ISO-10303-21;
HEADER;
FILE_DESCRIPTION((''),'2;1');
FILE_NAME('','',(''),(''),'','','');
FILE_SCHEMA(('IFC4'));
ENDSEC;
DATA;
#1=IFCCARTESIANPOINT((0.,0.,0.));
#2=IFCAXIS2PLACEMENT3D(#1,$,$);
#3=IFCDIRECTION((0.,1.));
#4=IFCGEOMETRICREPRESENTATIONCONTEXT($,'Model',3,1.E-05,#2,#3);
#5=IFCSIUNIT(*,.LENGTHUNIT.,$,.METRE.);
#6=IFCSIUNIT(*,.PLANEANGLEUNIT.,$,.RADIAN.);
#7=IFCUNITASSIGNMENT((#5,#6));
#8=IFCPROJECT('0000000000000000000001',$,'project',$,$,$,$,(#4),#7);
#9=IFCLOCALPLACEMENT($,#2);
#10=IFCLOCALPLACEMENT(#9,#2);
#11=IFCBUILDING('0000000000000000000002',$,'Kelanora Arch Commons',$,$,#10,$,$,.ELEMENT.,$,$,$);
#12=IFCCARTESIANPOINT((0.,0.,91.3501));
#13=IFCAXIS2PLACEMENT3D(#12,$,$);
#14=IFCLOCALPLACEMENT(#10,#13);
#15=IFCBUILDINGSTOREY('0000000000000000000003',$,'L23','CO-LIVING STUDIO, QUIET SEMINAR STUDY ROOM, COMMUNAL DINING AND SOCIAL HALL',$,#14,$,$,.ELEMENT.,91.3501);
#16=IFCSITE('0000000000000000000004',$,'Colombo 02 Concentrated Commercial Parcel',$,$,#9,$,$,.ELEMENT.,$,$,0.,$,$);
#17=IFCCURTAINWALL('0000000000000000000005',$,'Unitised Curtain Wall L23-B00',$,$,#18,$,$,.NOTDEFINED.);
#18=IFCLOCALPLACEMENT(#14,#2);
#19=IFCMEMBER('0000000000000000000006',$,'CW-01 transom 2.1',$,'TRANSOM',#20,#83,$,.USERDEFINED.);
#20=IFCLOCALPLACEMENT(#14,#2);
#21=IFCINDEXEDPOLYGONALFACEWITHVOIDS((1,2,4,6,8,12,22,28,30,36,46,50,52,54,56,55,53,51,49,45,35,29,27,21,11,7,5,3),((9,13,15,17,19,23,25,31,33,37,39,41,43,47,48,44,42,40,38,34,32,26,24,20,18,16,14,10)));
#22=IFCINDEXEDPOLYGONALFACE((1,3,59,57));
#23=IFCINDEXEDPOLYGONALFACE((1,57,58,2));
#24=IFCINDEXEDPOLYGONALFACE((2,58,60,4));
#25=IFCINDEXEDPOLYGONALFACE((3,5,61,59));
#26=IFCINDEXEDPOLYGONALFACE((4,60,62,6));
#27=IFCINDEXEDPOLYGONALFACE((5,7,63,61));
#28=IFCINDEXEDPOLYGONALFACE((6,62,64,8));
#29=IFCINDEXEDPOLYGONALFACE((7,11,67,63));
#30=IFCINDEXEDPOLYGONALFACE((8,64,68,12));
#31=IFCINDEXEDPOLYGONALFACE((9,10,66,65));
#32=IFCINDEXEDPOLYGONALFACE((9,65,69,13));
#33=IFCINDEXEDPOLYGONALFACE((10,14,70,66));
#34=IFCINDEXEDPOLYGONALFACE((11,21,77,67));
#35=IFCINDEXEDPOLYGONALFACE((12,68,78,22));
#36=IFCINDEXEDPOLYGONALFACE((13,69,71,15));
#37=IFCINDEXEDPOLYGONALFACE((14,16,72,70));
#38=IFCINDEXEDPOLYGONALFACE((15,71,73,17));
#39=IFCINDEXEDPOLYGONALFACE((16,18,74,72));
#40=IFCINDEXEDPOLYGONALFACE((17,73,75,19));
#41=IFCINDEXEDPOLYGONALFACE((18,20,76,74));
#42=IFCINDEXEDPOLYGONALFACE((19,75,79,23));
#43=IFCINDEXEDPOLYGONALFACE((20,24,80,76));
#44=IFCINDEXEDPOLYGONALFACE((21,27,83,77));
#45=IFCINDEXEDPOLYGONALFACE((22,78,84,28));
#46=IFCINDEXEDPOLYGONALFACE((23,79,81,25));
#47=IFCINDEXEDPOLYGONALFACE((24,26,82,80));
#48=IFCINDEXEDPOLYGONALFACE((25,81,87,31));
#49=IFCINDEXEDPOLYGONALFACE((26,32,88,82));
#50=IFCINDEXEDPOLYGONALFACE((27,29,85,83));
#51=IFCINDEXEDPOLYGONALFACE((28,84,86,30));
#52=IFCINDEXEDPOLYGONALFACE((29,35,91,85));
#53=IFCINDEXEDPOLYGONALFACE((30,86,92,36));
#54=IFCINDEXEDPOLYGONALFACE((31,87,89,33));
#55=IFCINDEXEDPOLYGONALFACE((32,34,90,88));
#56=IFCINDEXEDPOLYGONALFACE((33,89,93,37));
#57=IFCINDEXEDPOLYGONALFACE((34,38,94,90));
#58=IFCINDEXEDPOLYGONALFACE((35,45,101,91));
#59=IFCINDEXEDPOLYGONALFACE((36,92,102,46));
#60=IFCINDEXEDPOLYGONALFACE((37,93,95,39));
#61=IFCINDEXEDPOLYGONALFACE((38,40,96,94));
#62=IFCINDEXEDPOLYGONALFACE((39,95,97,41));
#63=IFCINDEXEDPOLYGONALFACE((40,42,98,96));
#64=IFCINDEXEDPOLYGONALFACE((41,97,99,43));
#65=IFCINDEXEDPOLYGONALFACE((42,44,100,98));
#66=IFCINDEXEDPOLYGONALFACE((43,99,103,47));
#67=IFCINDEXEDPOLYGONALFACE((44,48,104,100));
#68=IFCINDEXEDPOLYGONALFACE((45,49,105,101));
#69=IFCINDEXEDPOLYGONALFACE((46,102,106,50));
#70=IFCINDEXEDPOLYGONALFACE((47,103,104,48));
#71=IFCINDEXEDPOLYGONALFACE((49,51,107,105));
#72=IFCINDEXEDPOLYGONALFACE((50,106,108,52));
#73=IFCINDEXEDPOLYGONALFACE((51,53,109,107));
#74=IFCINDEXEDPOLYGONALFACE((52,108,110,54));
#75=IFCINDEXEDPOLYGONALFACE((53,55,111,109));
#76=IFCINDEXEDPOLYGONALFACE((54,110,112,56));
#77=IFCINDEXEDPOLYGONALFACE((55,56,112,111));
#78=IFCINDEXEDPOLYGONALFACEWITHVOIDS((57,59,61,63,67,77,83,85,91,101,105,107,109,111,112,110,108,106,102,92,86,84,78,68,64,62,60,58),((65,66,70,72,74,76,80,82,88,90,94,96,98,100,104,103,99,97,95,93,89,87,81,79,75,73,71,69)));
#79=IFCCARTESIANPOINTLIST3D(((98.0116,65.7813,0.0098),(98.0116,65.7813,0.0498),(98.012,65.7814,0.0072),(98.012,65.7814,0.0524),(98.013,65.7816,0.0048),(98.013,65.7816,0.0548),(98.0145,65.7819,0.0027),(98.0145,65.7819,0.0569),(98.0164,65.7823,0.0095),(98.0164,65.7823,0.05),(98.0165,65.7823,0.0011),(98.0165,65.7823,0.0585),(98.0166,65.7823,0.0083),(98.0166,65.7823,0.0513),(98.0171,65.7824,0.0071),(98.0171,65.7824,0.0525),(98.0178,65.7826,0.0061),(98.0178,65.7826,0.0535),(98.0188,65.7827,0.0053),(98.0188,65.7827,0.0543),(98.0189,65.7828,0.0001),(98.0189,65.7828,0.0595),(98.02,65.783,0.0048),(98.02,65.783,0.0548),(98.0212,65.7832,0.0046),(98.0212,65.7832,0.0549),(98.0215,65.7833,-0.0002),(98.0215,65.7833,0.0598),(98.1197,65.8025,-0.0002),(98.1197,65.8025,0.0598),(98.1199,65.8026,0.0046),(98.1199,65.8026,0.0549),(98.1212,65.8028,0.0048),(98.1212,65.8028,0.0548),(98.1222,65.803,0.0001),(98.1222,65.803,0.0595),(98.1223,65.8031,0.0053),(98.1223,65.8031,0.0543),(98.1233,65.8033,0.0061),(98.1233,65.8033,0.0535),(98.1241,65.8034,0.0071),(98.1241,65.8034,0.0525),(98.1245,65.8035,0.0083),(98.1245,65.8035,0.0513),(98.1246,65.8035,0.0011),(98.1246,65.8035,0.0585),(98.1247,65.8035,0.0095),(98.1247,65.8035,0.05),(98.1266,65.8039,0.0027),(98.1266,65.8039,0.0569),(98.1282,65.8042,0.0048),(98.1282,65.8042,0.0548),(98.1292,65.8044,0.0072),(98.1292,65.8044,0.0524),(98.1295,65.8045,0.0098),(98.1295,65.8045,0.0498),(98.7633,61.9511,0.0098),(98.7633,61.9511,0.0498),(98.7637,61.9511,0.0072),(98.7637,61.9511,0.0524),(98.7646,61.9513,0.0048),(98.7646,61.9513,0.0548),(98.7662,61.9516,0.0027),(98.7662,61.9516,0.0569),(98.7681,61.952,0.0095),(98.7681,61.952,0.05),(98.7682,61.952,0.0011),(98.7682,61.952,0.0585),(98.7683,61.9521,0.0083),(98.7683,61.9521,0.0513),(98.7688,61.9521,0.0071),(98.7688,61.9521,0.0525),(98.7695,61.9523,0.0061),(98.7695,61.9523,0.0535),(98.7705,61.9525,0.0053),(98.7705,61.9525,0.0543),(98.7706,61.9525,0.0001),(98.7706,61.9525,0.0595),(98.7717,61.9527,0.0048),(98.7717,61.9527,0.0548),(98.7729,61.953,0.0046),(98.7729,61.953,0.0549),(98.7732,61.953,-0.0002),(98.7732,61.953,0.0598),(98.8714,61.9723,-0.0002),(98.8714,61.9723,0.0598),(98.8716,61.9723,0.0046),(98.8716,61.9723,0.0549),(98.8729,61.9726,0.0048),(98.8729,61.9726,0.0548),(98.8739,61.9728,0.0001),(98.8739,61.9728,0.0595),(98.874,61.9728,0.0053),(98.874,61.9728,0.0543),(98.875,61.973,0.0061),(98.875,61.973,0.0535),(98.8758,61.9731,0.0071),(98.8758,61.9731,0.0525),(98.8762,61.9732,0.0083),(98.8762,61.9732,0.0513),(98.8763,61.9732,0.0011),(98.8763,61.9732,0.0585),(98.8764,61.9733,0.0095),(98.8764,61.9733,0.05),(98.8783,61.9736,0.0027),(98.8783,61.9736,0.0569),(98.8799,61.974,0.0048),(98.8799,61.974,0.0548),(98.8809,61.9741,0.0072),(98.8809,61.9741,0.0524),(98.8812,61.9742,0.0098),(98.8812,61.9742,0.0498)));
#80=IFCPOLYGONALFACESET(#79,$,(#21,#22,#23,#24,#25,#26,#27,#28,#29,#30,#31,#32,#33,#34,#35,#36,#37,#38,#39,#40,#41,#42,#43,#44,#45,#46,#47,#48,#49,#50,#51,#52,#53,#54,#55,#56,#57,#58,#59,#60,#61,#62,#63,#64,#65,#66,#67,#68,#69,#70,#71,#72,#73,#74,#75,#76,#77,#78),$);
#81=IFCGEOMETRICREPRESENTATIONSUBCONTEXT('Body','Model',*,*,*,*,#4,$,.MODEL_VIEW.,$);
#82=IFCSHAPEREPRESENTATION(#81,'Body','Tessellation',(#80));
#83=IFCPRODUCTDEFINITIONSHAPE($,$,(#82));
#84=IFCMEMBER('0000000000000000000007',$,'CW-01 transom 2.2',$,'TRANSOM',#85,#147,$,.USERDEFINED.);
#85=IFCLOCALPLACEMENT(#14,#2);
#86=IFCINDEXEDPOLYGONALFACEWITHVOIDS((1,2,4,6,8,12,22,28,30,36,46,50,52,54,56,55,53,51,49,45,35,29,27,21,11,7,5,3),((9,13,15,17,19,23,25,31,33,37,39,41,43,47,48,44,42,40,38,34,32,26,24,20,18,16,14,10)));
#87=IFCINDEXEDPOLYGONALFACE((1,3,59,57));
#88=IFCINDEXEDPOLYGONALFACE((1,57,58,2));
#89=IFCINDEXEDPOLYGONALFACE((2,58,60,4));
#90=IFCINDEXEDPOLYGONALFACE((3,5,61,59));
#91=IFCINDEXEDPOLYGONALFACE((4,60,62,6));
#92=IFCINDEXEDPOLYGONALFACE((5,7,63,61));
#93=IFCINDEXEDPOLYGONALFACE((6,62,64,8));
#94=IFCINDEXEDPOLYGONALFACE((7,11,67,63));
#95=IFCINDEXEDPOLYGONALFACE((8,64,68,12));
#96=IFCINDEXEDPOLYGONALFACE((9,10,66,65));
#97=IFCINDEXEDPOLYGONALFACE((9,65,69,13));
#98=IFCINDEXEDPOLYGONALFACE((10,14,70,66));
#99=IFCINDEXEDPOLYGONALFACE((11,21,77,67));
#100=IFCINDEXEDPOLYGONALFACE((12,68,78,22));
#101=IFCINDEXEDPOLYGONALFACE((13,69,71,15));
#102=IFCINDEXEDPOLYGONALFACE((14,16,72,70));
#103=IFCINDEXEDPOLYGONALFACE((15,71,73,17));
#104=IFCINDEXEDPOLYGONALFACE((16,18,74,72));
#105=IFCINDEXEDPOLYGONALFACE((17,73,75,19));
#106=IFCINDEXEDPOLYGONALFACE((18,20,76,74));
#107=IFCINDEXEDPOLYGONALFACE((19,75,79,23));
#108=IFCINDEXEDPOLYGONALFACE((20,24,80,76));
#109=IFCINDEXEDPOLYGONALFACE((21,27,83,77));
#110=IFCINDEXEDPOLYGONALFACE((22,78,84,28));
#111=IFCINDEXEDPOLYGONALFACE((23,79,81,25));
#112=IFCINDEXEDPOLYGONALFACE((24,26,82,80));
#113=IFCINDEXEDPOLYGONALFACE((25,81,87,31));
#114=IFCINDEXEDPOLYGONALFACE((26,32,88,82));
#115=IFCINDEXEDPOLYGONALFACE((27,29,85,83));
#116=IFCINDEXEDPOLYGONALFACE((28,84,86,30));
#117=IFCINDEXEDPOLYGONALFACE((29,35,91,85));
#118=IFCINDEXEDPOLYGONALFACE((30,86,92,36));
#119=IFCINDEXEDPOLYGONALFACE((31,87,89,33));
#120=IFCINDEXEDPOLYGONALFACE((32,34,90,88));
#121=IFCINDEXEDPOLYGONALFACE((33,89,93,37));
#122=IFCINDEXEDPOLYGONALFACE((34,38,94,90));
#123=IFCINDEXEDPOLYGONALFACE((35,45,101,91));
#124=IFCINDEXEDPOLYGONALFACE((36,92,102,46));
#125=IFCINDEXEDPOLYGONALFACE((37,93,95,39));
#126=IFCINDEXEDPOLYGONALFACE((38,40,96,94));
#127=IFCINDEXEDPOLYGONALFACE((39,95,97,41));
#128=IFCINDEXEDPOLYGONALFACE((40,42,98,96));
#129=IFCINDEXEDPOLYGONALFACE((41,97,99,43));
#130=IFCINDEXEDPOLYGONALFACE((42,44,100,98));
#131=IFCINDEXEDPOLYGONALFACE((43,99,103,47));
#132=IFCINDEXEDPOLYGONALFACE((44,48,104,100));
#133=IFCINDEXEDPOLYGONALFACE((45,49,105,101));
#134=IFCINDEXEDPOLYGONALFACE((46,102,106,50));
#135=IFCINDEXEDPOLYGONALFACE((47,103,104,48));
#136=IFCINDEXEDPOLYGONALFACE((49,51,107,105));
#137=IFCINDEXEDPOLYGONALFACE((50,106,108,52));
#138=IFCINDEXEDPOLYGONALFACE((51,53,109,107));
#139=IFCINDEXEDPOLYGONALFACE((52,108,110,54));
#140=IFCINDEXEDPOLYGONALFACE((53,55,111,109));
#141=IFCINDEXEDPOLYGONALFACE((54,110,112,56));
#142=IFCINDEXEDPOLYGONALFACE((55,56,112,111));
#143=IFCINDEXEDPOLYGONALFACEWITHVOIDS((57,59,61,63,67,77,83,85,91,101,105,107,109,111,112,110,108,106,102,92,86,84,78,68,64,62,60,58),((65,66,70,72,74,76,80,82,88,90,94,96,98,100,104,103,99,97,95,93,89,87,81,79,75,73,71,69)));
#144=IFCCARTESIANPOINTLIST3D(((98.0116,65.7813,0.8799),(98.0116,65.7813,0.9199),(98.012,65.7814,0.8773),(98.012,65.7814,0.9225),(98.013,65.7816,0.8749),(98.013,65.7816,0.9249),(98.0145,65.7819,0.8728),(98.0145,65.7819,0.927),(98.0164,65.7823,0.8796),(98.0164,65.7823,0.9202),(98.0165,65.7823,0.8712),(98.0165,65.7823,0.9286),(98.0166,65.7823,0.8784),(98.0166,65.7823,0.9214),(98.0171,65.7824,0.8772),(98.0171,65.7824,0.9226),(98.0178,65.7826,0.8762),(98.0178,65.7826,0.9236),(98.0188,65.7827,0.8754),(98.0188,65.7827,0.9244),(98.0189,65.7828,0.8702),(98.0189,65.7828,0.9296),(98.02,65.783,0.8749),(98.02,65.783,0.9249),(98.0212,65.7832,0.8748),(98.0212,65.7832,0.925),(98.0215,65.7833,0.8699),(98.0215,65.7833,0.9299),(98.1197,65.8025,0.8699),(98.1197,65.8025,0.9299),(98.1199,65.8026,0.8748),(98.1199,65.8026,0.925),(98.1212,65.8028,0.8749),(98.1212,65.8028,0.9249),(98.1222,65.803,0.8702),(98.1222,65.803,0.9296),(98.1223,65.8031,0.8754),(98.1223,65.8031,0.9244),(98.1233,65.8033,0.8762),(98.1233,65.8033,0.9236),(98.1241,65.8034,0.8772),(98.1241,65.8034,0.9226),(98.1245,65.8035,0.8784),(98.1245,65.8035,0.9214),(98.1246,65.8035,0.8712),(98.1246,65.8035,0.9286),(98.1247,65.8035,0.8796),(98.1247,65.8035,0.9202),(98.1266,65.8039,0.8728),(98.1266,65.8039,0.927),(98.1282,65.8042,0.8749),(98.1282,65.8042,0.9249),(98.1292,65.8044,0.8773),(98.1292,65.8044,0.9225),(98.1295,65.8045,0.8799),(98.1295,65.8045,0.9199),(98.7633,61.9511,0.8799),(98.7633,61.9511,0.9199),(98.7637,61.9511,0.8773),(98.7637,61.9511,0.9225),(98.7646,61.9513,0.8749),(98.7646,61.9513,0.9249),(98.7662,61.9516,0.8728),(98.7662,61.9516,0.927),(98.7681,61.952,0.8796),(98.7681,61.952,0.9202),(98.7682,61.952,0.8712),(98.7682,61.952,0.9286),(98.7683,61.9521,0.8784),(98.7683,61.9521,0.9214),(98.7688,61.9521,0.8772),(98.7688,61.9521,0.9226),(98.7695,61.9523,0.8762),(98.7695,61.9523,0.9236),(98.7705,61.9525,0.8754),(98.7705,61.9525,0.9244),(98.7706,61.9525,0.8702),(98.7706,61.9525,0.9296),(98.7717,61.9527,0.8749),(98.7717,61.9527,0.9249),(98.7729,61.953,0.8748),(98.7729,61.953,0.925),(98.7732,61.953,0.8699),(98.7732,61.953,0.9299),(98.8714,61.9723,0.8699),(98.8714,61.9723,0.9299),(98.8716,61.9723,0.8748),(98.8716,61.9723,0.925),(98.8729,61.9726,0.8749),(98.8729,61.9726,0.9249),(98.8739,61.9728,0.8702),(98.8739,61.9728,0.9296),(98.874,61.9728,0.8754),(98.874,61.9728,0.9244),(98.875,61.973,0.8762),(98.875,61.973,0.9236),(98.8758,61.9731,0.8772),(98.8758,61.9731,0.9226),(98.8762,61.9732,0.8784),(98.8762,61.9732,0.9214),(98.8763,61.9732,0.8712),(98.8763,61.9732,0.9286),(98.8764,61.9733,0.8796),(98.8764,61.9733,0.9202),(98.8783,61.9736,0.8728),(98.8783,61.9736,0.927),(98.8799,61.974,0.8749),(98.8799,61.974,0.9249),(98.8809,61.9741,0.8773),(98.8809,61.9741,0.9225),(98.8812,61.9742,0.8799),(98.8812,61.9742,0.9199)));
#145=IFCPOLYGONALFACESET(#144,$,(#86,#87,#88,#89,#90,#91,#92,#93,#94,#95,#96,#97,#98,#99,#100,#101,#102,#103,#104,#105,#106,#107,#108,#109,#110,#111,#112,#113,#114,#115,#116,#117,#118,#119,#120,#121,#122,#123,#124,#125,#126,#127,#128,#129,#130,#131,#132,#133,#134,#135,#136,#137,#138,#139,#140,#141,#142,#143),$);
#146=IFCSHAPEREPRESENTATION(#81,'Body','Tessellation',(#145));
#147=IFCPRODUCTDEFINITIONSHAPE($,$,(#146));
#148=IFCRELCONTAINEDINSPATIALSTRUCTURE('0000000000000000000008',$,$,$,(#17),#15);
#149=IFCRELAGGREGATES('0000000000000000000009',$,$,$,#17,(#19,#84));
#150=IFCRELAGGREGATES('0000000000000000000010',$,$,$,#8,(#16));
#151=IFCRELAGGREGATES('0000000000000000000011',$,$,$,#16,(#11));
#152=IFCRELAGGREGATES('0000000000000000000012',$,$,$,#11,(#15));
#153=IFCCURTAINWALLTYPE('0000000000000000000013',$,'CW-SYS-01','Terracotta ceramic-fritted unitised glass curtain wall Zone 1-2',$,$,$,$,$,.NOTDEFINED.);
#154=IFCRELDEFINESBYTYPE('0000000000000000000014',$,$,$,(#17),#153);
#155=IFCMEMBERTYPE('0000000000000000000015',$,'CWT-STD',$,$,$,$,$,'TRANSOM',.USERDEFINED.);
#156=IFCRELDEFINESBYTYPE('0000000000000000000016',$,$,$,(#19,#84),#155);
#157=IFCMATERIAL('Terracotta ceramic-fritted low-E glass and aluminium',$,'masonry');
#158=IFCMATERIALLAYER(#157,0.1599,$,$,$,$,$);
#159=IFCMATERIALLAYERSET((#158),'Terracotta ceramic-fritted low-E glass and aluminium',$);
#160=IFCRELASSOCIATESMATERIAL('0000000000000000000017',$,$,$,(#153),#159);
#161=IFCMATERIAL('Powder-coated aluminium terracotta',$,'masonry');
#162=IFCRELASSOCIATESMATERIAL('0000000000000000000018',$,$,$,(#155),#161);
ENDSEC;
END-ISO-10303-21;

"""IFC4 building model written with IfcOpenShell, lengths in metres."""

from ifc_helpers import new_model, si_unit, direction, frame, origin, origin_2d, place, context, subcontext, project, spatial, hollow_rectangle, extrude, material, layer, layer_set, material_profile, profile_set, type_object, element, aggregate, save


model = new_model("IFC4")

# Units and contexts
model_context = context("Model", 3, precision=1e-05, world=origin(), true_north=direction((0.0, 1.0)))
body_context = subcontext(model_context, "Body", "Model", "MODEL_VIEW")
ifc_project = project(units=[si_unit("LENGTHUNIT", "METRE"), si_unit("PLANEANGLEUNIT", "RADIAN")], contexts=[model_context])

# Site, building, storey
site_placement = place(None, origin())
site = spatial("IfcSite", under=ifc_project, at=site_placement, Name="Colombo 02 Concentrated Commercial Parcel", CompositionType="ELEMENT", RefElevation=0.0)
building_placement = place(site_placement, origin())
building = spatial("IfcBuilding", under=site, at=building_placement, Name="Kelanora Arch Commons", CompositionType="ELEMENT")
storey_placement = place(building_placement, frame((0.0, 0.0, 91.3501)))
storey = spatial("IfcBuildingStorey", under=building, at=storey_placement, Name="L23", Description="CO-LIVING STUDIO, QUIET SEMINAR STUDY ROOM, COMMUNAL DINING AND SOCIAL HALL", CompositionType="ELEMENT", Elevation=91.3501)

# Curtain wall, members
ifc_material_1 = material(Name="Terracotta ceramic-fritted low-E glass and aluminium", Category="masonry")
ifc_layer_1 = layer(ifc_material_1, 0.1599)
ifc_layer_set_1 = layer_set([ifc_layer_1], Name="Terracotta ceramic-fritted low-E glass and aluminium")
curtain_wall_type = type_object("IfcCurtainWallType", Name="CW-SYS-01", Description="Terracotta ceramic-fritted unitised glass curtain wall Zone 1-2", PredefinedType="NOTDEFINED", material=ifc_layer_set_1)
curtain_wall_placement = place(storey_placement, origin())
curtain_wall = element("IfcCurtainWall", 1, at=curtain_wall_placement, inside=storey, type_object=curtain_wall_type, Name="Unitised Curtain Wall L23-B00", PredefinedType="NOTDEFINED")
ifc_material_2 = material(Name="Powder-coated aluminium terracotta", Category="masonry")
ifc_material_profile_1 = material_profile(ifc_material_2, hollow_rectangle(XDim=0.1201, YDim=0.0601, WallThickness=0.0049, InnerFilletRadius=0.0049, OuterFilletRadius=0.01, at=origin_2d()), Name="CWT120x60")
ifc_profile_set_1 = profile_set([ifc_material_profile_1], Name="Powder-coated aluminium terracotta")
member_type_1 = type_object("IfcMemberType", Name="CWT-STD", ElementType="TRANSOM", PredefinedType="USERDEFINED", material=ifc_profile_set_1)
member_1_placement = place(storey_placement, frame((98.8223, 61.9626, 0.0298), z_axis=(-0.192579, 0.981282, 0.0), x_axis=(-0.981282, -0.192579, 0.0)))
member_1 = element("IfcMember", 2, at=member_1_placement, type_object=member_type_1, Name="CW-01 transom 2.1", ObjectType="TRANSOM", PredefinedType="USERDEFINED", context=body_context, shape_type="SweptSolid", body=[
    extrude(hollow_rectangle(XDim=0.1201, YDim=0.0601, WallThickness=0.0049, InnerFilletRadius=0.0049, OuterFilletRadius=0.01, at=origin_2d()), origin(), (0.0, 0.0, 1.0), 3.9033),
])
member_2_placement = place(storey_placement, frame((98.8223, 61.9626, 0.8999), z_axis=(-0.192579, 0.981282, 0.0), x_axis=(-0.981282, -0.192579, 0.0)))
member_2 = element("IfcMember", 3, at=member_2_placement, type_object=member_type_1, Name="CW-01 transom 2.2", ObjectType="TRANSOM", PredefinedType="USERDEFINED", context=body_context, shape_type="SweptSolid", body=[
    extrude(hollow_rectangle(XDim=0.1201, YDim=0.0601, WallThickness=0.0049, InnerFilletRadius=0.0049, OuterFilletRadius=0.01, at=origin_2d()), origin(), (0.0, 0.0, 1.0), 3.9033),
])
aggregate(curtain_wall, [member_1, member_2])

save(model, "model.ifc")
